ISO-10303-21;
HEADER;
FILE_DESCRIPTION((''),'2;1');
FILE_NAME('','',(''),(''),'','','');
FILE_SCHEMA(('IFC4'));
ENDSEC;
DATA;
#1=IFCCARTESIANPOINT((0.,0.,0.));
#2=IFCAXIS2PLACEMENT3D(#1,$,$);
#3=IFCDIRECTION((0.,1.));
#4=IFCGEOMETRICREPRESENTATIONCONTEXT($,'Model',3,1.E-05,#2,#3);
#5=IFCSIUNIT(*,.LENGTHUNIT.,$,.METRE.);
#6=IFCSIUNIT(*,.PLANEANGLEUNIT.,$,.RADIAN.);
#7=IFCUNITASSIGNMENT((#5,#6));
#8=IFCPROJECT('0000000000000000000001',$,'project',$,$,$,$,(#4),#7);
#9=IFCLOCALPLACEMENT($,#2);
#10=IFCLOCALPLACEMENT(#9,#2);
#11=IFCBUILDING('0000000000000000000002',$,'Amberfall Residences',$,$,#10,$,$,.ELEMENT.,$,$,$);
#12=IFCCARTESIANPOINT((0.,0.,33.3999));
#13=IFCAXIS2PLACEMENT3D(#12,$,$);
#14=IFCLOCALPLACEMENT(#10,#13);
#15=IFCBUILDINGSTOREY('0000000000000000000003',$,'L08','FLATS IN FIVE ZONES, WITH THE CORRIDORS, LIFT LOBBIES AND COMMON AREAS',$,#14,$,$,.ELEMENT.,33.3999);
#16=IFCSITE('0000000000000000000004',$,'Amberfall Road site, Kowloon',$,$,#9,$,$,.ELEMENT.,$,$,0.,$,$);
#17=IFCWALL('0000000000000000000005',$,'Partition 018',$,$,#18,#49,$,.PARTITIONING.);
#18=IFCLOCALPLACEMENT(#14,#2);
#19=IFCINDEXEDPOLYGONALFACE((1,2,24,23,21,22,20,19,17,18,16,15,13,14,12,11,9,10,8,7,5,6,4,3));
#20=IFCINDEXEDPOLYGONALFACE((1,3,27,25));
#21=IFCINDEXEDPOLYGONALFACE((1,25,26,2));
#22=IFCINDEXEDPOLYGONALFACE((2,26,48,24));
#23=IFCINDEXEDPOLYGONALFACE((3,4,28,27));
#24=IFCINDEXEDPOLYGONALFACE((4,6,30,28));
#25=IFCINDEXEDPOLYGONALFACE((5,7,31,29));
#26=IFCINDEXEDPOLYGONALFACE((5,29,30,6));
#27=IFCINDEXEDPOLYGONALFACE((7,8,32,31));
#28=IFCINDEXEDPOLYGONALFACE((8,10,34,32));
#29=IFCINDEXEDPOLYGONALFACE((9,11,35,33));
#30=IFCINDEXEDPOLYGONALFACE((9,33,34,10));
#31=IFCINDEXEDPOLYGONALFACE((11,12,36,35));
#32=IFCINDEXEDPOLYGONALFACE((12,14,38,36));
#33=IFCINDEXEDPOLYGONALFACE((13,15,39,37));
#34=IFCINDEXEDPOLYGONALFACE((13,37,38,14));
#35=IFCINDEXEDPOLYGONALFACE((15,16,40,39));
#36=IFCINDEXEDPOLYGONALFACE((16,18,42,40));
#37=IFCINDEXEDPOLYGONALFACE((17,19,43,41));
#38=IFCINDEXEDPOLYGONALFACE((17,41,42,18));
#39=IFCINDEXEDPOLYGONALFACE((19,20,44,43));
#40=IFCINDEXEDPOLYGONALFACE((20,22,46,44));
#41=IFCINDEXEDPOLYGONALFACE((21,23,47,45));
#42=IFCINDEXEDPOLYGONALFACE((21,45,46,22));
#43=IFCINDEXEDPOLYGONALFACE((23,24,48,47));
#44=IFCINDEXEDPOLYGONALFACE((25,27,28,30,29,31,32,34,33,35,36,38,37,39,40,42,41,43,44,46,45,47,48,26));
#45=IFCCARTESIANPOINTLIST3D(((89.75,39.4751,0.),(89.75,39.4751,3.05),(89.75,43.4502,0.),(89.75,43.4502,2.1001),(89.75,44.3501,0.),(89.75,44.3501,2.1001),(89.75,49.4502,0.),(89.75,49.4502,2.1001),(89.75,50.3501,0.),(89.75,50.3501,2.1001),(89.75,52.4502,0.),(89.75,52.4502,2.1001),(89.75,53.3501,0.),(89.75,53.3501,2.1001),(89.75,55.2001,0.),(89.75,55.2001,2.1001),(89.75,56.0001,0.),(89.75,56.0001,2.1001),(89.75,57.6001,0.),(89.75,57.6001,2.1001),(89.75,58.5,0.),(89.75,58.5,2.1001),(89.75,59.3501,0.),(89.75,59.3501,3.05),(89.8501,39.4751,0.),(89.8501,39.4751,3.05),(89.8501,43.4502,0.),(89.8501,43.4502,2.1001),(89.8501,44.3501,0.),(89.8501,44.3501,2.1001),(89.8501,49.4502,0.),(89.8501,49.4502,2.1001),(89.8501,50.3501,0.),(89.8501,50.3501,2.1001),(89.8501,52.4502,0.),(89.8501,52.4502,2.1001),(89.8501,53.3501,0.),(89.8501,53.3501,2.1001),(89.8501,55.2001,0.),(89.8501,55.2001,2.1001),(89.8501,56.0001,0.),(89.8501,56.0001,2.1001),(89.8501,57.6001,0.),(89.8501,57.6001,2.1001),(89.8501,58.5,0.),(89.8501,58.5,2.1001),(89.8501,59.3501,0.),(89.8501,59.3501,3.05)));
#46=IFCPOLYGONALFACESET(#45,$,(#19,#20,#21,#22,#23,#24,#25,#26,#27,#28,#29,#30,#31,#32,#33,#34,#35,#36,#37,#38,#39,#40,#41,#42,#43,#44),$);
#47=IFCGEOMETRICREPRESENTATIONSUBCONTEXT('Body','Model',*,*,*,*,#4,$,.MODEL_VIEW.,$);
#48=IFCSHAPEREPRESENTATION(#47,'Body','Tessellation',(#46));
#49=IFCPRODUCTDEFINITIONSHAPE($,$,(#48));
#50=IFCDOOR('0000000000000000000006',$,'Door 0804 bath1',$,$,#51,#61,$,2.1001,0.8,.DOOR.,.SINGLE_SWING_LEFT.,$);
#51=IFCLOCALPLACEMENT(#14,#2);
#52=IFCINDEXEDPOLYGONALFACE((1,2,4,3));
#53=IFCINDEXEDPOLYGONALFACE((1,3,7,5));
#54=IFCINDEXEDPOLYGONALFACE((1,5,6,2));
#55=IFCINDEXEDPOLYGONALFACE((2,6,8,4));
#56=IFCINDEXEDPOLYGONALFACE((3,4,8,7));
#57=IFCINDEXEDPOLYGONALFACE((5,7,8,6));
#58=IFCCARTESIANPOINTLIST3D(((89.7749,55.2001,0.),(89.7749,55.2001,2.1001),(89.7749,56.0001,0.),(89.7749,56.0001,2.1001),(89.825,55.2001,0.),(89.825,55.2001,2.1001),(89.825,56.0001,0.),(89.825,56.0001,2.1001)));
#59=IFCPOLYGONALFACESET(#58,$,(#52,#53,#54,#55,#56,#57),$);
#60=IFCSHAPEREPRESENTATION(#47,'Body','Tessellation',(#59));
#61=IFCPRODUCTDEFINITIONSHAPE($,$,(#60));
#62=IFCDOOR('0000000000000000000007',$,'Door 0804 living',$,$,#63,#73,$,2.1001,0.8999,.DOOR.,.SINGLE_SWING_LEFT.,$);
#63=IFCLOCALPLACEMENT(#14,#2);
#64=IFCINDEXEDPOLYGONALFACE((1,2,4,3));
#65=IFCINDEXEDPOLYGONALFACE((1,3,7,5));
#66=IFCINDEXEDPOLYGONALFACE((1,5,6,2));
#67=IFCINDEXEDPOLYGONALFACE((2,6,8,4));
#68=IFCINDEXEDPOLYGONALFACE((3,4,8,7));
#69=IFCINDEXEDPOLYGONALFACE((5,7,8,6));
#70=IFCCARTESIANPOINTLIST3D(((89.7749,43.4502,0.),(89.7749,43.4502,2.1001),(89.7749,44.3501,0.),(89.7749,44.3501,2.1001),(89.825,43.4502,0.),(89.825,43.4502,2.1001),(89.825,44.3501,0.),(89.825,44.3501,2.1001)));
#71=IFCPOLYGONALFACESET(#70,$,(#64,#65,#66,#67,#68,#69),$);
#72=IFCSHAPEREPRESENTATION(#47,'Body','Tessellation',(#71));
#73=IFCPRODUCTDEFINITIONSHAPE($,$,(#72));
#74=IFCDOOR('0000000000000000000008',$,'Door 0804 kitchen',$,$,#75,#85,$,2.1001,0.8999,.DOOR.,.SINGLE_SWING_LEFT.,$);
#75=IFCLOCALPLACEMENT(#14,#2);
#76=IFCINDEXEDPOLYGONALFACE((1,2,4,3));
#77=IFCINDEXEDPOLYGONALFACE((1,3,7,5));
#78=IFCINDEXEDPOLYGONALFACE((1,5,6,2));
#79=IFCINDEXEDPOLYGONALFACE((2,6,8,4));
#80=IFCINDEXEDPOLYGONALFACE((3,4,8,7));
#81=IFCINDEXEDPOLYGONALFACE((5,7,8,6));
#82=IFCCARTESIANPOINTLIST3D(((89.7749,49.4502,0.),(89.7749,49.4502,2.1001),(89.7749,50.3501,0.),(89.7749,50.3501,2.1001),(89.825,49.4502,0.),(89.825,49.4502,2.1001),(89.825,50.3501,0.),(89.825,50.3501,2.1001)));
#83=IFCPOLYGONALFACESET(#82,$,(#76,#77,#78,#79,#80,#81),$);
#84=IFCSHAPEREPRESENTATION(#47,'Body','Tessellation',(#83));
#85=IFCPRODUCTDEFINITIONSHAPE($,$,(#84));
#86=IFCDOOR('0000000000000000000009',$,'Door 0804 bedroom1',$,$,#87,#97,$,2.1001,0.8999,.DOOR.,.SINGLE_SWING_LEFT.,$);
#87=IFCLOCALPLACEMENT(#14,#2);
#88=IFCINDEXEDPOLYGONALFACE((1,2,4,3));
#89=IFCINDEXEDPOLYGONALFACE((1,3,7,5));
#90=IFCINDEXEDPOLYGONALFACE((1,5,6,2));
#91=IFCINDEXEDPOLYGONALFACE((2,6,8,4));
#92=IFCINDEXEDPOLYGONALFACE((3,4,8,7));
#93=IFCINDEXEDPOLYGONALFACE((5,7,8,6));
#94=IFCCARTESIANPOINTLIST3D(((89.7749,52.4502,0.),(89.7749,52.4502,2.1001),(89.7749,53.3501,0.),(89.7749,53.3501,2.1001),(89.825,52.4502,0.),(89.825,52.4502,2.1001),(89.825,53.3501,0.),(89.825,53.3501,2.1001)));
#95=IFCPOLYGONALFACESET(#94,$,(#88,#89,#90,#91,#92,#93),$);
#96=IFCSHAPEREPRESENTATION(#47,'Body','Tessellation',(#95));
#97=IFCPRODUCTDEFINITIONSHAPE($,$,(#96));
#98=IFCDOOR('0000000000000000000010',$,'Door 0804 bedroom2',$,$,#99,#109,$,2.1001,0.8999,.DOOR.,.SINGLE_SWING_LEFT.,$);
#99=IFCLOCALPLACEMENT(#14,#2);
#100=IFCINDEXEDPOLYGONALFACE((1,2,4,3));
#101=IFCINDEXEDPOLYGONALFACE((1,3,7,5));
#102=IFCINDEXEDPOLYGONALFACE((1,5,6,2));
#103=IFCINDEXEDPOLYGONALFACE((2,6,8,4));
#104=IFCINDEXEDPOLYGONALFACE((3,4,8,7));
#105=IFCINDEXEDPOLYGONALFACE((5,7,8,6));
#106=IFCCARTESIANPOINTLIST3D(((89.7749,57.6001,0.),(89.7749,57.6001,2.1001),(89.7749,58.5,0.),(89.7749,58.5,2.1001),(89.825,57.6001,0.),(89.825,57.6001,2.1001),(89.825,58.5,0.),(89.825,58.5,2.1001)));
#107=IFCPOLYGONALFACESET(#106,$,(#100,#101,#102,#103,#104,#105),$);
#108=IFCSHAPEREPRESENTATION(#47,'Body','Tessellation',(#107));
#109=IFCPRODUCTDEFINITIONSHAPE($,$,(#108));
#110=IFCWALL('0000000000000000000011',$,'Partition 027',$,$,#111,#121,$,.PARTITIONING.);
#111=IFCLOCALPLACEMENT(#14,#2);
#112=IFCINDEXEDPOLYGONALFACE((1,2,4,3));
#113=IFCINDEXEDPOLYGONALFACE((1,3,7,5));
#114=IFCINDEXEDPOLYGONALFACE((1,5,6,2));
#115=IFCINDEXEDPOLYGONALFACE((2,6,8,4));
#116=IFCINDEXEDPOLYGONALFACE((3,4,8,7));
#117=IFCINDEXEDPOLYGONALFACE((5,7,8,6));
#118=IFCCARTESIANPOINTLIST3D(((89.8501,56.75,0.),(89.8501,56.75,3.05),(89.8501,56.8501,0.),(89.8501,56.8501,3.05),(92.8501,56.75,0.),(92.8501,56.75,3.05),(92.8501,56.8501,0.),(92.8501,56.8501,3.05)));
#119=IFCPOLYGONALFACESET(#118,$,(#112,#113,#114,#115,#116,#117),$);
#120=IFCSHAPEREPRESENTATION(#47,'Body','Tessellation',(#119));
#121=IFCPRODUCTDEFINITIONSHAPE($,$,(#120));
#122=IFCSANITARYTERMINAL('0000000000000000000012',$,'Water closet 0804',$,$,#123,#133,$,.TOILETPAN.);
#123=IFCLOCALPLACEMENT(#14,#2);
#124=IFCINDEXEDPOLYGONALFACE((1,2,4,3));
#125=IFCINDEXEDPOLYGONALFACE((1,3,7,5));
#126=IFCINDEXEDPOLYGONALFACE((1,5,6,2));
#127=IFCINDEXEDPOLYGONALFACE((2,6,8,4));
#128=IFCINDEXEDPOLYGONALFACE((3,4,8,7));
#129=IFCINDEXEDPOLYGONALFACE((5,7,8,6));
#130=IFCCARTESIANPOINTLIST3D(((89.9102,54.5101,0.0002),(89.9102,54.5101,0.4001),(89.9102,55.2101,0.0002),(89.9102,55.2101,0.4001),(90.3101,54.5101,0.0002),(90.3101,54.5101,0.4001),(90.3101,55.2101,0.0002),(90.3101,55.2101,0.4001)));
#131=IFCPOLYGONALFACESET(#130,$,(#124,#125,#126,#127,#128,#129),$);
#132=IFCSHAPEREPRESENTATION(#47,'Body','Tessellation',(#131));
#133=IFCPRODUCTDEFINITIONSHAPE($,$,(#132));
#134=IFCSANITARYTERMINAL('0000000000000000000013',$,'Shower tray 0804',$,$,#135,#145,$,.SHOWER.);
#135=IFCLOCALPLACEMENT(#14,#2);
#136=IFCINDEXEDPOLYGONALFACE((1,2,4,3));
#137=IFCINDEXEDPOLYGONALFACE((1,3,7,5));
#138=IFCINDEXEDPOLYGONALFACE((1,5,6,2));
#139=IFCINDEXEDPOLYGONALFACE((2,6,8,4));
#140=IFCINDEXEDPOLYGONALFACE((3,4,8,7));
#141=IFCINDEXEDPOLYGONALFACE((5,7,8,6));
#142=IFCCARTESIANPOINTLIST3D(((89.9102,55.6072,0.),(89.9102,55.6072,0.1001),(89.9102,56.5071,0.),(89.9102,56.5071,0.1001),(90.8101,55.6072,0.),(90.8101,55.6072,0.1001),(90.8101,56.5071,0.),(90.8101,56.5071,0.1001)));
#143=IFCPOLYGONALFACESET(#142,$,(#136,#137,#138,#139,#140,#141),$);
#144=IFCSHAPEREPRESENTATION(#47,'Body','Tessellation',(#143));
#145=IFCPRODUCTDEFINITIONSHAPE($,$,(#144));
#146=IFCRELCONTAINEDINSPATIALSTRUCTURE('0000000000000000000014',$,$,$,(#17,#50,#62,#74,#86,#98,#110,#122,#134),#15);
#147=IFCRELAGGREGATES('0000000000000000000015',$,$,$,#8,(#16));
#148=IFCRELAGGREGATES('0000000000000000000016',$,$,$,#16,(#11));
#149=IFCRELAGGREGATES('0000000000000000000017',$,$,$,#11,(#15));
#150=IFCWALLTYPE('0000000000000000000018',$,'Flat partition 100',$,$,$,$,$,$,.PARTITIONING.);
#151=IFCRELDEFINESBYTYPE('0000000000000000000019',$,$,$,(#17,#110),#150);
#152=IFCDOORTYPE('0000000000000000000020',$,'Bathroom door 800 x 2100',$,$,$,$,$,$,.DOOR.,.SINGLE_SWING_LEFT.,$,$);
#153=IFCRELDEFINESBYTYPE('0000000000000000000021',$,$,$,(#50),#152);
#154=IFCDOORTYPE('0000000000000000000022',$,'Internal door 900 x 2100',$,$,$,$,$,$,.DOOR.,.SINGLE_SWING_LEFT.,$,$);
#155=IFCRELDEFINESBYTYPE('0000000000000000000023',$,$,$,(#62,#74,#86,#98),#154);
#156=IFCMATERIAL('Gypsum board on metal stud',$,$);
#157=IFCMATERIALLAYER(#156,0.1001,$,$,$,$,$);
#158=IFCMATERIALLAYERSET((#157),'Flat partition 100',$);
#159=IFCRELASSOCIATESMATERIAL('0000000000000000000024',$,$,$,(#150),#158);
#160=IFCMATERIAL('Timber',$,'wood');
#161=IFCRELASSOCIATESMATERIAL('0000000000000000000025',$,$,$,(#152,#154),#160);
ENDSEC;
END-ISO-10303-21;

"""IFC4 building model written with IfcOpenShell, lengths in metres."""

from ifc_helpers import new_model, si_unit, direction, frame, frame_2d, origin, origin_2d, place, context, subcontext, project, spatial, rectangle, extrude, material, layer, layer_set, type_object, element, fill, save


model = new_model("IFC4")

# Units and contexts
model_context = context("Model", 3, precision=1e-05, world=origin(), true_north=direction((0.0, 1.0)))
body_context = subcontext(model_context, "Body", "Model", "MODEL_VIEW")
ifc_project = project(units=[si_unit("LENGTHUNIT", "METRE"), si_unit("PLANEANGLEUNIT", "RADIAN")], contexts=[model_context])

# Site, building, storey
site_placement = place(None, origin())
site = spatial("IfcSite", under=ifc_project, at=site_placement, Name="Amberfall Road site, Kowloon", CompositionType="ELEMENT", RefElevation=0.0)
building_placement = place(site_placement, origin())
building = spatial("IfcBuilding", under=site, at=building_placement, Name="Amberfall Residences", CompositionType="ELEMENT")
storey_placement = place(building_placement, frame((0.0, 0.0, 33.3999)))
storey = spatial("IfcBuildingStorey", under=building, at=storey_placement, Name="L08", Description="FLATS IN FIVE ZONES, WITH THE CORRIDORS, LIFT LOBBIES AND COMMON AREAS", CompositionType="ELEMENT", Elevation=33.3999)

# Wall, openings, doors
ifc_material_1 = material(Name="Gypsum board on metal stud")
ifc_layer_1 = layer(ifc_material_1, 0.1001)
ifc_layer_set_1 = layer_set([ifc_layer_1], Name="Flat partition 100")
wall_type_1 = type_object("IfcWallType", Name="Flat partition 100", PredefinedType="PARTITIONING", material=ifc_layer_set_1)
wall_1_placement = place(storey_placement, frame((89.8, 59.3501, 0.0), z_axis=(0.0, 0.0, 1.0), x_axis=(0.0, -1.0, 0.0)))
wall_1 = element("IfcWall", 1, at=wall_1_placement, inside=storey, type_object=wall_type_1, Name="Partition 018", PredefinedType="PARTITIONING", context=body_context, shape_type="SweptSolid", body=[
    extrude(rectangle(XDim=19.875, YDim=0.1001, at=frame_2d((9.9375, 0.0))), origin(), (0.0, 0.0, 1.0), 3.05),
])
opening_1_placement = place(wall_1_placement, frame((15.0, 0.0, 0.0)))
opening_1 = element("IfcOpeningElement", 2, at=opening_1_placement, cuts=wall_1, PredefinedType="OPENING", context=body_context, shape_type="SweptSolid", body=[
    extrude(rectangle(XDim=0.8999, YDim=2.1001, at=frame_2d((0.45, 1.05))), frame((0.0, 0.0601, 0.0), z_axis=(0.0, -1.0, 0.0), x_axis=(1.0, 0.0, 0.0)), (0.0, 0.0, 1.0), 0.1201),
])
opening_2_placement = place(wall_1_placement, frame((9.0, 0.0, 0.0)))
opening_2 = element("IfcOpeningElement", 3, at=opening_2_placement, cuts=wall_1, PredefinedType="OPENING", context=body_context, shape_type="SweptSolid", body=[
    extrude(rectangle(XDim=0.8999, YDim=2.1001, at=frame_2d((0.45, 1.05))), frame((0.0, 0.0601, 0.0), z_axis=(0.0, -1.0, 0.0), x_axis=(1.0, 0.0, 0.0)), (0.0, 0.0, 1.0), 0.1201),
])
opening_3_placement = place(wall_1_placement, frame((6.0, 0.0, 0.0)))
opening_3 = element("IfcOpeningElement", 4, at=opening_3_placement, cuts=wall_1, PredefinedType="OPENING", context=body_context, shape_type="SweptSolid", body=[
    extrude(rectangle(XDim=0.8999, YDim=2.1001, at=frame_2d((0.45, 1.05))), frame((0.0, 0.0601, 0.0), z_axis=(0.0, -1.0, 0.0), x_axis=(1.0, 0.0, 0.0)), (0.0, 0.0, 1.0), 0.1201),
])
opening_4_placement = place(wall_1_placement, frame((0.8501, 0.0, 0.0)))
opening_4 = element("IfcOpeningElement", 5, at=opening_4_placement, cuts=wall_1, PredefinedType="OPENING", context=body_context, shape_type="SweptSolid", body=[
    extrude(rectangle(XDim=0.8999, YDim=2.1001, at=frame_2d((0.45, 1.05))), frame((0.0, 0.0601, 0.0), z_axis=(0.0, -1.0, 0.0), x_axis=(1.0, 0.0, 0.0)), (0.0, 0.0, 1.0), 0.1201),
])
opening_5_placement = place(wall_1_placement, frame((3.3501, 0.0, 0.0)))
opening_5 = element("IfcOpeningElement", 6, at=opening_5_placement, cuts=wall_1, PredefinedType="OPENING", context=body_context, shape_type="SweptSolid", body=[
    extrude(rectangle(XDim=0.8, YDim=2.1001, at=frame_2d((0.3999, 1.05))), frame((0.0, 0.0601, 0.0), z_axis=(0.0, -1.0, 0.0), x_axis=(1.0, 0.0, 0.0)), (0.0, 0.0, 1.0), 0.1201),
])
ifc_material_2 = material(Name="Timber", Category="wood")
door_type_1 = type_object("IfcDoorType", Name="Bathroom door 800 x 2100", OperationType="SINGLE_SWING_LEFT", PredefinedType="DOOR", material=ifc_material_2)
door_1_placement = place(opening_5_placement, origin())
door_1 = element("IfcDoor", 7, at=door_1_placement, inside=storey, type_object=door_type_1, Name="Door 0804 bath1", OperationType="SINGLE_SWING_LEFT", OverallHeight=2.1001, OverallWidth=0.8, PredefinedType="DOOR", context=body_context, shape_type="SweptSolid", body=[
    extrude(rectangle(XDim=0.8, YDim=2.1001, at=frame_2d((0.3999, 1.05))), frame((0.0, 0.0249, 0.0), z_axis=(0.0, -1.0, 0.0), x_axis=(1.0, 0.0, 0.0)), (0.0, 0.0, 1.0), 0.05),
])
fill(opening_5, door_1)
door_type_2 = type_object("IfcDoorType", Name="Internal door 900 x 2100", OperationType="SINGLE_SWING_LEFT", PredefinedType="DOOR", material=ifc_material_2)
door_2_placement = place(opening_1_placement, origin())
door_2 = element("IfcDoor", 8, at=door_2_placement, inside=storey, type_object=door_type_2, Name="Door 0804 living", OperationType="SINGLE_SWING_LEFT", OverallHeight=2.1001, OverallWidth=0.8999, PredefinedType="DOOR", context=body_context, shape_type="SweptSolid", body=[
    extrude(rectangle(XDim=0.8999, YDim=2.1001, at=frame_2d((0.45, 1.05))), frame((0.0, 0.0249, 0.0), z_axis=(0.0, -1.0, 0.0), x_axis=(1.0, 0.0, 0.0)), (0.0, 0.0, 1.0), 0.05),
])
fill(opening_1, door_2)
door_3_placement = place(opening_2_placement, origin())
door_3 = element("IfcDoor", 9, at=door_3_placement, inside=storey, type_object=door_type_2, Name="Door 0804 kitchen", OperationType="SINGLE_SWING_LEFT", OverallHeight=2.1001, OverallWidth=0.8999, PredefinedType="DOOR", context=body_context, shape_type="SweptSolid", body=[
    extrude(rectangle(XDim=0.8999, YDim=2.1001, at=frame_2d((0.45, 1.05))), frame((0.0, 0.0249, 0.0), z_axis=(0.0, -1.0, 0.0), x_axis=(1.0, 0.0, 0.0)), (0.0, 0.0, 1.0), 0.05),
])
fill(opening_2, door_3)
door_4_placement = place(opening_3_placement, origin())
door_4 = element("IfcDoor", 10, at=door_4_placement, inside=storey, type_object=door_type_2, Name="Door 0804 bedroom1", OperationType="SINGLE_SWING_LEFT", OverallHeight=2.1001, OverallWidth=0.8999, PredefinedType="DOOR", context=body_context, shape_type="SweptSolid", body=[
    extrude(rectangle(XDim=0.8999, YDim=2.1001, at=frame_2d((0.45, 1.05))), frame((0.0, 0.0249, 0.0), z_axis=(0.0, -1.0, 0.0), x_axis=(1.0, 0.0, 0.0)), (0.0, 0.0, 1.0), 0.05),
])
fill(opening_3, door_4)
door_5_placement = place(opening_4_placement, origin())
door_5 = element("IfcDoor", 11, at=door_5_placement, inside=storey, type_object=door_type_2, Name="Door 0804 bedroom2", OperationType="SINGLE_SWING_LEFT", OverallHeight=2.1001, OverallWidth=0.8999, PredefinedType="DOOR", context=body_context, shape_type="SweptSolid", body=[
    extrude(rectangle(XDim=0.8999, YDim=2.1001, at=frame_2d((0.45, 1.05))), frame((0.0, 0.0249, 0.0), z_axis=(0.0, -1.0, 0.0), x_axis=(1.0, 0.0, 0.0)), (0.0, 0.0, 1.0), 0.05),
])
fill(opening_4, door_5)

# Wall
wall_2_placement = place(storey_placement, frame((89.8501, 56.8, 0.0), z_axis=(0.0, 0.0, 1.0), x_axis=(1.0, 0.0, 0.0)))
element("IfcWall", 12, at=wall_2_placement, inside=storey, type_object=wall_type_1, Name="Partition 027", PredefinedType="PARTITIONING", context=body_context, shape_type="SweptSolid", body=[
    extrude(rectangle(XDim=3.0, YDim=0.1001, at=frame_2d((1.5, 0.0))), origin(), (0.0, 0.0, 1.0), 3.05),
])

# Sanitary terminals
sanitary_terminal_1_placement = place(storey_placement, frame((90.1101, 54.8601, 0.0002), z_axis=(0.0, 0.0, 1.0), x_axis=(1.0, 0.0, 0.0)))
element("IfcSanitaryTerminal", 13, at=sanitary_terminal_1_placement, inside=storey, Name="Water closet 0804", PredefinedType="TOILETPAN", context=body_context, shape_type="SweptSolid", body=[
    extrude(rectangle(XDim=0.3999, YDim=0.7, at=origin_2d()), origin(), (0.0, 0.0, 1.0), 0.3999),
])
sanitary_terminal_2_placement = place(storey_placement, frame((90.3601, 56.0571, 0.0), z_axis=(0.0, 0.0, 1.0), x_axis=(1.0, 0.0, 0.0)))
element("IfcSanitaryTerminal", 14, at=sanitary_terminal_2_placement, inside=storey, Name="Shower tray 0804", PredefinedType="SHOWER", context=body_context, shape_type="SweptSolid", body=[
    extrude(rectangle(XDim=0.8999, YDim=0.8999, at=origin_2d()), origin(), (0.0, 0.0, 1.0), 0.1001),
])

save(model, "model.ifc")
